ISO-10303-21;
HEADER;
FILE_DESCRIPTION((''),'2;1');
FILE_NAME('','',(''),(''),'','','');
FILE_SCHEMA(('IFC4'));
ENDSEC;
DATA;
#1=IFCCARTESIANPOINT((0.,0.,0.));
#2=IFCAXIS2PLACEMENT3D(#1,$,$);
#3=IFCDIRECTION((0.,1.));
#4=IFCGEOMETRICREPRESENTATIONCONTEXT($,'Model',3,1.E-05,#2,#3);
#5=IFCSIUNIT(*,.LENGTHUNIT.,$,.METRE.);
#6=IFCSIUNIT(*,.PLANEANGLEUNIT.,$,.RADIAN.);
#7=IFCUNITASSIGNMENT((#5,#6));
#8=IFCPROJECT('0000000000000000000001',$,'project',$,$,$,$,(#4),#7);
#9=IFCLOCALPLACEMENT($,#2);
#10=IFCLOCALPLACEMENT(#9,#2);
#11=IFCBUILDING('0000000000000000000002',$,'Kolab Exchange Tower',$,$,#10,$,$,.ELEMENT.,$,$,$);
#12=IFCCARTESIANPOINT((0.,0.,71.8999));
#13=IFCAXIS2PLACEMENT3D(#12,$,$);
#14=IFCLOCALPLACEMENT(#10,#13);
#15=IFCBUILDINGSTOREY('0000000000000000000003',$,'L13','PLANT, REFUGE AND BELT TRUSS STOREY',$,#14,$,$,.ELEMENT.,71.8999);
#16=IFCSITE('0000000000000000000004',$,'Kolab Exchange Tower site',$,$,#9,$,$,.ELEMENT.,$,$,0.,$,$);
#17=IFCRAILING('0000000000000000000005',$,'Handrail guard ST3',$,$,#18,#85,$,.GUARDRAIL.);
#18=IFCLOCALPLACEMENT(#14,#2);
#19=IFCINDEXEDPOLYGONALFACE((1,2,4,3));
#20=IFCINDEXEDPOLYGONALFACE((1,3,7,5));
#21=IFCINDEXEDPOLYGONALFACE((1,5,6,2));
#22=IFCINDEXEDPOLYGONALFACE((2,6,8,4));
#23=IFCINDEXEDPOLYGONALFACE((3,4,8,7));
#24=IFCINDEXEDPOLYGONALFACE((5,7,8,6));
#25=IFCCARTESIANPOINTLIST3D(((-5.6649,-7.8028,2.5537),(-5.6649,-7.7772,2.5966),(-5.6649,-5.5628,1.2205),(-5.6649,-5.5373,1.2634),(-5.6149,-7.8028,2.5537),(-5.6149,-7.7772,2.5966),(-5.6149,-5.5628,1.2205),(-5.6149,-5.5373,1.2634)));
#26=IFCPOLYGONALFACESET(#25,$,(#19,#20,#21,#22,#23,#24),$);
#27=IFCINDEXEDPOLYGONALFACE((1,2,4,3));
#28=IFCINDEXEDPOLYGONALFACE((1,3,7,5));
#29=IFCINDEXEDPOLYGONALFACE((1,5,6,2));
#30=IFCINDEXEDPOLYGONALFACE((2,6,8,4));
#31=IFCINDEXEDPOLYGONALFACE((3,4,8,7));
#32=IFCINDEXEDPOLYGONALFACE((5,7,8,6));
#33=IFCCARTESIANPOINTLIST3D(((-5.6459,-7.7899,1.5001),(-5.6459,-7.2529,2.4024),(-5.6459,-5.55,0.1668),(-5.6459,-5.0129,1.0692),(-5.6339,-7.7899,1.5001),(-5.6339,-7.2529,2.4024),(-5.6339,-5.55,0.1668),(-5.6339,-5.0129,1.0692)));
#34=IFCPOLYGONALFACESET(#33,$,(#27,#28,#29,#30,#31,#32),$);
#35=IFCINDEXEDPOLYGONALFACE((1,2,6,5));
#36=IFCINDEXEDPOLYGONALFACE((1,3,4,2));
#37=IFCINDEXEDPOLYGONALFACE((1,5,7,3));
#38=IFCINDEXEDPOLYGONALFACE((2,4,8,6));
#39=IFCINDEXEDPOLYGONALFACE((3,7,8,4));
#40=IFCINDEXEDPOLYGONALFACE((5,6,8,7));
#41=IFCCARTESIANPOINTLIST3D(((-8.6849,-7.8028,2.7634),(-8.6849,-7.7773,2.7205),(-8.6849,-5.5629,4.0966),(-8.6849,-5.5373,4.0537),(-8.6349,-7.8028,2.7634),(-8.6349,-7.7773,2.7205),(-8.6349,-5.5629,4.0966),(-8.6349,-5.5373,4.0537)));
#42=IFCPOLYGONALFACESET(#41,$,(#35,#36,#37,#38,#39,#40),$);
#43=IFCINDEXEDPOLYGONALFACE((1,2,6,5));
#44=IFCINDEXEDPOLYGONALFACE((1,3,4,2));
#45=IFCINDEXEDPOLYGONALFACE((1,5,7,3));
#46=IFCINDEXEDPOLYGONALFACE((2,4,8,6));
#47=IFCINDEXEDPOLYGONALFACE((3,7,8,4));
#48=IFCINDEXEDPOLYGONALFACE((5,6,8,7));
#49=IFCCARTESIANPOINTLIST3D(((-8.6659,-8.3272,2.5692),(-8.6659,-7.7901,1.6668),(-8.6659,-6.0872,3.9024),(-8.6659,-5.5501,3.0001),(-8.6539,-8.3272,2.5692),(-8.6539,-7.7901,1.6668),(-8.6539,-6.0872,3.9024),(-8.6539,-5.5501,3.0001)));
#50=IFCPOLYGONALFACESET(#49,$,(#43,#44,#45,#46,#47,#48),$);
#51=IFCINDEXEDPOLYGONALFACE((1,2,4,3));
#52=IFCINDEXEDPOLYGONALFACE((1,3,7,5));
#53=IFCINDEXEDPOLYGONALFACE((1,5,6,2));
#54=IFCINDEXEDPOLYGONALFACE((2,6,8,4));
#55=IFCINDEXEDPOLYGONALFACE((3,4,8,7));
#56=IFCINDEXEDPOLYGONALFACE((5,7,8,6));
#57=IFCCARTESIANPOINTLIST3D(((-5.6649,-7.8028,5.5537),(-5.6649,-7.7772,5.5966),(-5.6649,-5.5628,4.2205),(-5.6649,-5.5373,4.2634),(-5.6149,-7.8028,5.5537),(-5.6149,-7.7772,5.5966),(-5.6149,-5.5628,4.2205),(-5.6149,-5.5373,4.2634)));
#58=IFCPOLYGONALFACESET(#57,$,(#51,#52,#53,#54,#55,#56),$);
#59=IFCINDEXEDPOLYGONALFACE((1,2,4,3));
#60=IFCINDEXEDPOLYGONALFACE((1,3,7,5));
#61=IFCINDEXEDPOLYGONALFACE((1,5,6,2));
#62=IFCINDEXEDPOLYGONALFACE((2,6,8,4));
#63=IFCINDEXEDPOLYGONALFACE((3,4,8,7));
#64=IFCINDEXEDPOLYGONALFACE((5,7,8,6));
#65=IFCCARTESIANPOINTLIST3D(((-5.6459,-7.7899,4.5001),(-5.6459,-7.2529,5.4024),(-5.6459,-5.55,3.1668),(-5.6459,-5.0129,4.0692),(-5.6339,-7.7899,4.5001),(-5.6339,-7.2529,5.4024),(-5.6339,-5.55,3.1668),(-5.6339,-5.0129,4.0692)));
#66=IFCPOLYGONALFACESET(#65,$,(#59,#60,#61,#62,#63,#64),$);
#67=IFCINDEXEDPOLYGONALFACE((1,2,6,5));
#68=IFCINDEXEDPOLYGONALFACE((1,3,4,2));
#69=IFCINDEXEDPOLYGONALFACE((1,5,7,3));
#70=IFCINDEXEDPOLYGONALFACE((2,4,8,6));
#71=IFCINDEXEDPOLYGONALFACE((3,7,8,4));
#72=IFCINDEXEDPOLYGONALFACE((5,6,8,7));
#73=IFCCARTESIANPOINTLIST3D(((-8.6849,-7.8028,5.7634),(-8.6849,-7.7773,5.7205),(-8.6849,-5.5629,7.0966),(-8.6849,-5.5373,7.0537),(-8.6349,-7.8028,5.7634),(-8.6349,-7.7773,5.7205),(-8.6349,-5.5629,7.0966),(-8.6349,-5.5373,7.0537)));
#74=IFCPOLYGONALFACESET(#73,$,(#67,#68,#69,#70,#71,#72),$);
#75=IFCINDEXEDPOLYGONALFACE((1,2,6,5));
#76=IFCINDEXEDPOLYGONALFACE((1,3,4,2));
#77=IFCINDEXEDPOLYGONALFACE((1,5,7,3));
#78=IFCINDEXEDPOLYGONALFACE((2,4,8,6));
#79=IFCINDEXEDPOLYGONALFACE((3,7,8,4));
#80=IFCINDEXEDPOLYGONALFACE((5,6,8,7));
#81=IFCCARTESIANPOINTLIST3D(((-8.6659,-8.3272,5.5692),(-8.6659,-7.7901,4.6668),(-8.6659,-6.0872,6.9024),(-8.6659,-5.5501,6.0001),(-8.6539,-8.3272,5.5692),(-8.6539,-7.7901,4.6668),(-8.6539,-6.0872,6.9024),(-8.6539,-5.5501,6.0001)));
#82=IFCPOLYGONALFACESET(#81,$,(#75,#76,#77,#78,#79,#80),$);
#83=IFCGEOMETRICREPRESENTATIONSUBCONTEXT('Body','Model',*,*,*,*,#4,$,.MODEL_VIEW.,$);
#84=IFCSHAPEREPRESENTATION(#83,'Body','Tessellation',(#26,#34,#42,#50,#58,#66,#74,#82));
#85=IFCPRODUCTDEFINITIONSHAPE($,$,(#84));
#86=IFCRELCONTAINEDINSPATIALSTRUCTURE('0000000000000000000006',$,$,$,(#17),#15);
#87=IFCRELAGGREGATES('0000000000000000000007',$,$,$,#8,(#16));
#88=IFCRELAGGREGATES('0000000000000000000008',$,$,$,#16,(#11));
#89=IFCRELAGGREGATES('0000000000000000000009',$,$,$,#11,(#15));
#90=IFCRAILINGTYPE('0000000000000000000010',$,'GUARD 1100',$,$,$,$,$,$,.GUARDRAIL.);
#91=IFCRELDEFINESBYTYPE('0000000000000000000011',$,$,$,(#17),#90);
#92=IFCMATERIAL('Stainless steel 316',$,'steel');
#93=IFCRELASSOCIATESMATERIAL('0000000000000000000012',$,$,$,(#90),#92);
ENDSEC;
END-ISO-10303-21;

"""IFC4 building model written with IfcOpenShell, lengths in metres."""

from ifc_helpers import new_model, si_unit, direction, frame, frame_2d, origin, origin_2d, place, context, subcontext, project, spatial, rectangle, extrude, material, type_object, element, save


model = new_model("IFC4")

# Units and contexts
model_context = context("Model", 3, precision=1e-05, world=origin(), true_north=direction((0.0, 1.0)))
body_context = subcontext(model_context, "Body", "Model", "MODEL_VIEW")
ifc_project = project(units=[si_unit("LENGTHUNIT", "METRE"), si_unit("PLANEANGLEUNIT", "RADIAN")], contexts=[model_context])

# Site, building, storey
site_placement = place(None, origin())
site = spatial("IfcSite", under=ifc_project, at=site_placement, Name="Kolab Exchange Tower site", CompositionType="ELEMENT", RefElevation=0.0)
building_placement = place(site_placement, origin())
building = spatial("IfcBuilding", under=site, at=building_placement, Name="Kolab Exchange Tower", CompositionType="ELEMENT")
storey_placement = place(building_placement, frame((0.0, 0.0, 71.8999)))
storey = spatial("IfcBuildingStorey", under=building, at=storey_placement, Name="L13", Description="PLANT, REFUGE AND BELT TRUSS STOREY", CompositionType="ELEMENT", Elevation=71.8999)

# Railing
ifc_material_1 = material(Name="Stainless steel 316", Category="steel")
railing_type = type_object("IfcRailingType", Name="GUARD 1100", PredefinedType="GUARDRAIL", material=ifc_material_1)
railing_placement = place(storey_placement, frame((-5.6399, -5.55, 0.1667)))
element("IfcRailing", 1, at=railing_placement, inside=storey, type_object=railing_type, Name="Handrail guard ST3", PredefinedType="GUARDRAIL", context=body_context, shape_type="SweptSolid", body=[
    extrude(rectangle(XDim=0.05, YDim=0.05, at=origin_2d()), frame((0.0, 0.0, 1.0752), z_axis=(0.0, -0.859306, 0.511462), x_axis=(1.0, 0.0, 0.0)), (0.0, 0.0, 1.0), 2.6067),
    extrude(rectangle(XDim=0.012, YDim=1.0501, at=frame_2d((0.0, 0.5251))), frame((0.0, 0.0, 0.0), z_axis=(0.0, -0.859306, 0.511462), x_axis=(1.0, 0.0, 0.0)), (0.0, 0.0, 1.0), 2.6067),
    extrude(rectangle(XDim=0.05, YDim=0.05, at=origin_2d()), frame((-3.02, -2.24, 2.5752), z_axis=(0.0, 0.859306, 0.511462), x_axis=(-1.0, 0.0, 0.0)), (0.0, 0.0, 1.0), 2.6067),
    extrude(rectangle(XDim=0.012, YDim=1.0501, at=frame_2d((0.0, 0.5251))), frame((-3.02, -2.24, 1.5), z_axis=(0.0, 0.859306, 0.511462), x_axis=(-1.0, 0.0, 0.0)), (0.0, 0.0, 1.0), 2.6067),
    extrude(rectangle(XDim=0.05, YDim=0.05, at=origin_2d()), frame((0.0, 0.0, 4.0752), z_axis=(0.0, -0.859306, 0.511462), x_axis=(1.0, 0.0, 0.0)), (0.0, 0.0, 1.0), 2.6067),
    extrude(rectangle(XDim=0.012, YDim=1.0501, at=frame_2d((0.0, 0.5251))), frame((0.0, 0.0, 3.0), z_axis=(0.0, -0.859306, 0.511462), x_axis=(1.0, 0.0, 0.0)), (0.0, 0.0, 1.0), 2.6067),
    extrude(rectangle(XDim=0.05, YDim=0.05, at=origin_2d()), frame((-3.02, -2.24, 5.5752), z_axis=(0.0, 0.859306, 0.511462), x_axis=(-1.0, 0.0, 0.0)), (0.0, 0.0, 1.0), 2.6067),
    extrude(rectangle(XDim=0.012, YDim=1.0501, at=frame_2d((0.0, 0.5251))), frame((-3.02, -2.24, 4.5), z_axis=(0.0, 0.859306, 0.511462), x_axis=(-1.0, 0.0, 0.0)), (0.0, 0.0, 1.0), 2.6067),
])

save(model, "model.ifc")
